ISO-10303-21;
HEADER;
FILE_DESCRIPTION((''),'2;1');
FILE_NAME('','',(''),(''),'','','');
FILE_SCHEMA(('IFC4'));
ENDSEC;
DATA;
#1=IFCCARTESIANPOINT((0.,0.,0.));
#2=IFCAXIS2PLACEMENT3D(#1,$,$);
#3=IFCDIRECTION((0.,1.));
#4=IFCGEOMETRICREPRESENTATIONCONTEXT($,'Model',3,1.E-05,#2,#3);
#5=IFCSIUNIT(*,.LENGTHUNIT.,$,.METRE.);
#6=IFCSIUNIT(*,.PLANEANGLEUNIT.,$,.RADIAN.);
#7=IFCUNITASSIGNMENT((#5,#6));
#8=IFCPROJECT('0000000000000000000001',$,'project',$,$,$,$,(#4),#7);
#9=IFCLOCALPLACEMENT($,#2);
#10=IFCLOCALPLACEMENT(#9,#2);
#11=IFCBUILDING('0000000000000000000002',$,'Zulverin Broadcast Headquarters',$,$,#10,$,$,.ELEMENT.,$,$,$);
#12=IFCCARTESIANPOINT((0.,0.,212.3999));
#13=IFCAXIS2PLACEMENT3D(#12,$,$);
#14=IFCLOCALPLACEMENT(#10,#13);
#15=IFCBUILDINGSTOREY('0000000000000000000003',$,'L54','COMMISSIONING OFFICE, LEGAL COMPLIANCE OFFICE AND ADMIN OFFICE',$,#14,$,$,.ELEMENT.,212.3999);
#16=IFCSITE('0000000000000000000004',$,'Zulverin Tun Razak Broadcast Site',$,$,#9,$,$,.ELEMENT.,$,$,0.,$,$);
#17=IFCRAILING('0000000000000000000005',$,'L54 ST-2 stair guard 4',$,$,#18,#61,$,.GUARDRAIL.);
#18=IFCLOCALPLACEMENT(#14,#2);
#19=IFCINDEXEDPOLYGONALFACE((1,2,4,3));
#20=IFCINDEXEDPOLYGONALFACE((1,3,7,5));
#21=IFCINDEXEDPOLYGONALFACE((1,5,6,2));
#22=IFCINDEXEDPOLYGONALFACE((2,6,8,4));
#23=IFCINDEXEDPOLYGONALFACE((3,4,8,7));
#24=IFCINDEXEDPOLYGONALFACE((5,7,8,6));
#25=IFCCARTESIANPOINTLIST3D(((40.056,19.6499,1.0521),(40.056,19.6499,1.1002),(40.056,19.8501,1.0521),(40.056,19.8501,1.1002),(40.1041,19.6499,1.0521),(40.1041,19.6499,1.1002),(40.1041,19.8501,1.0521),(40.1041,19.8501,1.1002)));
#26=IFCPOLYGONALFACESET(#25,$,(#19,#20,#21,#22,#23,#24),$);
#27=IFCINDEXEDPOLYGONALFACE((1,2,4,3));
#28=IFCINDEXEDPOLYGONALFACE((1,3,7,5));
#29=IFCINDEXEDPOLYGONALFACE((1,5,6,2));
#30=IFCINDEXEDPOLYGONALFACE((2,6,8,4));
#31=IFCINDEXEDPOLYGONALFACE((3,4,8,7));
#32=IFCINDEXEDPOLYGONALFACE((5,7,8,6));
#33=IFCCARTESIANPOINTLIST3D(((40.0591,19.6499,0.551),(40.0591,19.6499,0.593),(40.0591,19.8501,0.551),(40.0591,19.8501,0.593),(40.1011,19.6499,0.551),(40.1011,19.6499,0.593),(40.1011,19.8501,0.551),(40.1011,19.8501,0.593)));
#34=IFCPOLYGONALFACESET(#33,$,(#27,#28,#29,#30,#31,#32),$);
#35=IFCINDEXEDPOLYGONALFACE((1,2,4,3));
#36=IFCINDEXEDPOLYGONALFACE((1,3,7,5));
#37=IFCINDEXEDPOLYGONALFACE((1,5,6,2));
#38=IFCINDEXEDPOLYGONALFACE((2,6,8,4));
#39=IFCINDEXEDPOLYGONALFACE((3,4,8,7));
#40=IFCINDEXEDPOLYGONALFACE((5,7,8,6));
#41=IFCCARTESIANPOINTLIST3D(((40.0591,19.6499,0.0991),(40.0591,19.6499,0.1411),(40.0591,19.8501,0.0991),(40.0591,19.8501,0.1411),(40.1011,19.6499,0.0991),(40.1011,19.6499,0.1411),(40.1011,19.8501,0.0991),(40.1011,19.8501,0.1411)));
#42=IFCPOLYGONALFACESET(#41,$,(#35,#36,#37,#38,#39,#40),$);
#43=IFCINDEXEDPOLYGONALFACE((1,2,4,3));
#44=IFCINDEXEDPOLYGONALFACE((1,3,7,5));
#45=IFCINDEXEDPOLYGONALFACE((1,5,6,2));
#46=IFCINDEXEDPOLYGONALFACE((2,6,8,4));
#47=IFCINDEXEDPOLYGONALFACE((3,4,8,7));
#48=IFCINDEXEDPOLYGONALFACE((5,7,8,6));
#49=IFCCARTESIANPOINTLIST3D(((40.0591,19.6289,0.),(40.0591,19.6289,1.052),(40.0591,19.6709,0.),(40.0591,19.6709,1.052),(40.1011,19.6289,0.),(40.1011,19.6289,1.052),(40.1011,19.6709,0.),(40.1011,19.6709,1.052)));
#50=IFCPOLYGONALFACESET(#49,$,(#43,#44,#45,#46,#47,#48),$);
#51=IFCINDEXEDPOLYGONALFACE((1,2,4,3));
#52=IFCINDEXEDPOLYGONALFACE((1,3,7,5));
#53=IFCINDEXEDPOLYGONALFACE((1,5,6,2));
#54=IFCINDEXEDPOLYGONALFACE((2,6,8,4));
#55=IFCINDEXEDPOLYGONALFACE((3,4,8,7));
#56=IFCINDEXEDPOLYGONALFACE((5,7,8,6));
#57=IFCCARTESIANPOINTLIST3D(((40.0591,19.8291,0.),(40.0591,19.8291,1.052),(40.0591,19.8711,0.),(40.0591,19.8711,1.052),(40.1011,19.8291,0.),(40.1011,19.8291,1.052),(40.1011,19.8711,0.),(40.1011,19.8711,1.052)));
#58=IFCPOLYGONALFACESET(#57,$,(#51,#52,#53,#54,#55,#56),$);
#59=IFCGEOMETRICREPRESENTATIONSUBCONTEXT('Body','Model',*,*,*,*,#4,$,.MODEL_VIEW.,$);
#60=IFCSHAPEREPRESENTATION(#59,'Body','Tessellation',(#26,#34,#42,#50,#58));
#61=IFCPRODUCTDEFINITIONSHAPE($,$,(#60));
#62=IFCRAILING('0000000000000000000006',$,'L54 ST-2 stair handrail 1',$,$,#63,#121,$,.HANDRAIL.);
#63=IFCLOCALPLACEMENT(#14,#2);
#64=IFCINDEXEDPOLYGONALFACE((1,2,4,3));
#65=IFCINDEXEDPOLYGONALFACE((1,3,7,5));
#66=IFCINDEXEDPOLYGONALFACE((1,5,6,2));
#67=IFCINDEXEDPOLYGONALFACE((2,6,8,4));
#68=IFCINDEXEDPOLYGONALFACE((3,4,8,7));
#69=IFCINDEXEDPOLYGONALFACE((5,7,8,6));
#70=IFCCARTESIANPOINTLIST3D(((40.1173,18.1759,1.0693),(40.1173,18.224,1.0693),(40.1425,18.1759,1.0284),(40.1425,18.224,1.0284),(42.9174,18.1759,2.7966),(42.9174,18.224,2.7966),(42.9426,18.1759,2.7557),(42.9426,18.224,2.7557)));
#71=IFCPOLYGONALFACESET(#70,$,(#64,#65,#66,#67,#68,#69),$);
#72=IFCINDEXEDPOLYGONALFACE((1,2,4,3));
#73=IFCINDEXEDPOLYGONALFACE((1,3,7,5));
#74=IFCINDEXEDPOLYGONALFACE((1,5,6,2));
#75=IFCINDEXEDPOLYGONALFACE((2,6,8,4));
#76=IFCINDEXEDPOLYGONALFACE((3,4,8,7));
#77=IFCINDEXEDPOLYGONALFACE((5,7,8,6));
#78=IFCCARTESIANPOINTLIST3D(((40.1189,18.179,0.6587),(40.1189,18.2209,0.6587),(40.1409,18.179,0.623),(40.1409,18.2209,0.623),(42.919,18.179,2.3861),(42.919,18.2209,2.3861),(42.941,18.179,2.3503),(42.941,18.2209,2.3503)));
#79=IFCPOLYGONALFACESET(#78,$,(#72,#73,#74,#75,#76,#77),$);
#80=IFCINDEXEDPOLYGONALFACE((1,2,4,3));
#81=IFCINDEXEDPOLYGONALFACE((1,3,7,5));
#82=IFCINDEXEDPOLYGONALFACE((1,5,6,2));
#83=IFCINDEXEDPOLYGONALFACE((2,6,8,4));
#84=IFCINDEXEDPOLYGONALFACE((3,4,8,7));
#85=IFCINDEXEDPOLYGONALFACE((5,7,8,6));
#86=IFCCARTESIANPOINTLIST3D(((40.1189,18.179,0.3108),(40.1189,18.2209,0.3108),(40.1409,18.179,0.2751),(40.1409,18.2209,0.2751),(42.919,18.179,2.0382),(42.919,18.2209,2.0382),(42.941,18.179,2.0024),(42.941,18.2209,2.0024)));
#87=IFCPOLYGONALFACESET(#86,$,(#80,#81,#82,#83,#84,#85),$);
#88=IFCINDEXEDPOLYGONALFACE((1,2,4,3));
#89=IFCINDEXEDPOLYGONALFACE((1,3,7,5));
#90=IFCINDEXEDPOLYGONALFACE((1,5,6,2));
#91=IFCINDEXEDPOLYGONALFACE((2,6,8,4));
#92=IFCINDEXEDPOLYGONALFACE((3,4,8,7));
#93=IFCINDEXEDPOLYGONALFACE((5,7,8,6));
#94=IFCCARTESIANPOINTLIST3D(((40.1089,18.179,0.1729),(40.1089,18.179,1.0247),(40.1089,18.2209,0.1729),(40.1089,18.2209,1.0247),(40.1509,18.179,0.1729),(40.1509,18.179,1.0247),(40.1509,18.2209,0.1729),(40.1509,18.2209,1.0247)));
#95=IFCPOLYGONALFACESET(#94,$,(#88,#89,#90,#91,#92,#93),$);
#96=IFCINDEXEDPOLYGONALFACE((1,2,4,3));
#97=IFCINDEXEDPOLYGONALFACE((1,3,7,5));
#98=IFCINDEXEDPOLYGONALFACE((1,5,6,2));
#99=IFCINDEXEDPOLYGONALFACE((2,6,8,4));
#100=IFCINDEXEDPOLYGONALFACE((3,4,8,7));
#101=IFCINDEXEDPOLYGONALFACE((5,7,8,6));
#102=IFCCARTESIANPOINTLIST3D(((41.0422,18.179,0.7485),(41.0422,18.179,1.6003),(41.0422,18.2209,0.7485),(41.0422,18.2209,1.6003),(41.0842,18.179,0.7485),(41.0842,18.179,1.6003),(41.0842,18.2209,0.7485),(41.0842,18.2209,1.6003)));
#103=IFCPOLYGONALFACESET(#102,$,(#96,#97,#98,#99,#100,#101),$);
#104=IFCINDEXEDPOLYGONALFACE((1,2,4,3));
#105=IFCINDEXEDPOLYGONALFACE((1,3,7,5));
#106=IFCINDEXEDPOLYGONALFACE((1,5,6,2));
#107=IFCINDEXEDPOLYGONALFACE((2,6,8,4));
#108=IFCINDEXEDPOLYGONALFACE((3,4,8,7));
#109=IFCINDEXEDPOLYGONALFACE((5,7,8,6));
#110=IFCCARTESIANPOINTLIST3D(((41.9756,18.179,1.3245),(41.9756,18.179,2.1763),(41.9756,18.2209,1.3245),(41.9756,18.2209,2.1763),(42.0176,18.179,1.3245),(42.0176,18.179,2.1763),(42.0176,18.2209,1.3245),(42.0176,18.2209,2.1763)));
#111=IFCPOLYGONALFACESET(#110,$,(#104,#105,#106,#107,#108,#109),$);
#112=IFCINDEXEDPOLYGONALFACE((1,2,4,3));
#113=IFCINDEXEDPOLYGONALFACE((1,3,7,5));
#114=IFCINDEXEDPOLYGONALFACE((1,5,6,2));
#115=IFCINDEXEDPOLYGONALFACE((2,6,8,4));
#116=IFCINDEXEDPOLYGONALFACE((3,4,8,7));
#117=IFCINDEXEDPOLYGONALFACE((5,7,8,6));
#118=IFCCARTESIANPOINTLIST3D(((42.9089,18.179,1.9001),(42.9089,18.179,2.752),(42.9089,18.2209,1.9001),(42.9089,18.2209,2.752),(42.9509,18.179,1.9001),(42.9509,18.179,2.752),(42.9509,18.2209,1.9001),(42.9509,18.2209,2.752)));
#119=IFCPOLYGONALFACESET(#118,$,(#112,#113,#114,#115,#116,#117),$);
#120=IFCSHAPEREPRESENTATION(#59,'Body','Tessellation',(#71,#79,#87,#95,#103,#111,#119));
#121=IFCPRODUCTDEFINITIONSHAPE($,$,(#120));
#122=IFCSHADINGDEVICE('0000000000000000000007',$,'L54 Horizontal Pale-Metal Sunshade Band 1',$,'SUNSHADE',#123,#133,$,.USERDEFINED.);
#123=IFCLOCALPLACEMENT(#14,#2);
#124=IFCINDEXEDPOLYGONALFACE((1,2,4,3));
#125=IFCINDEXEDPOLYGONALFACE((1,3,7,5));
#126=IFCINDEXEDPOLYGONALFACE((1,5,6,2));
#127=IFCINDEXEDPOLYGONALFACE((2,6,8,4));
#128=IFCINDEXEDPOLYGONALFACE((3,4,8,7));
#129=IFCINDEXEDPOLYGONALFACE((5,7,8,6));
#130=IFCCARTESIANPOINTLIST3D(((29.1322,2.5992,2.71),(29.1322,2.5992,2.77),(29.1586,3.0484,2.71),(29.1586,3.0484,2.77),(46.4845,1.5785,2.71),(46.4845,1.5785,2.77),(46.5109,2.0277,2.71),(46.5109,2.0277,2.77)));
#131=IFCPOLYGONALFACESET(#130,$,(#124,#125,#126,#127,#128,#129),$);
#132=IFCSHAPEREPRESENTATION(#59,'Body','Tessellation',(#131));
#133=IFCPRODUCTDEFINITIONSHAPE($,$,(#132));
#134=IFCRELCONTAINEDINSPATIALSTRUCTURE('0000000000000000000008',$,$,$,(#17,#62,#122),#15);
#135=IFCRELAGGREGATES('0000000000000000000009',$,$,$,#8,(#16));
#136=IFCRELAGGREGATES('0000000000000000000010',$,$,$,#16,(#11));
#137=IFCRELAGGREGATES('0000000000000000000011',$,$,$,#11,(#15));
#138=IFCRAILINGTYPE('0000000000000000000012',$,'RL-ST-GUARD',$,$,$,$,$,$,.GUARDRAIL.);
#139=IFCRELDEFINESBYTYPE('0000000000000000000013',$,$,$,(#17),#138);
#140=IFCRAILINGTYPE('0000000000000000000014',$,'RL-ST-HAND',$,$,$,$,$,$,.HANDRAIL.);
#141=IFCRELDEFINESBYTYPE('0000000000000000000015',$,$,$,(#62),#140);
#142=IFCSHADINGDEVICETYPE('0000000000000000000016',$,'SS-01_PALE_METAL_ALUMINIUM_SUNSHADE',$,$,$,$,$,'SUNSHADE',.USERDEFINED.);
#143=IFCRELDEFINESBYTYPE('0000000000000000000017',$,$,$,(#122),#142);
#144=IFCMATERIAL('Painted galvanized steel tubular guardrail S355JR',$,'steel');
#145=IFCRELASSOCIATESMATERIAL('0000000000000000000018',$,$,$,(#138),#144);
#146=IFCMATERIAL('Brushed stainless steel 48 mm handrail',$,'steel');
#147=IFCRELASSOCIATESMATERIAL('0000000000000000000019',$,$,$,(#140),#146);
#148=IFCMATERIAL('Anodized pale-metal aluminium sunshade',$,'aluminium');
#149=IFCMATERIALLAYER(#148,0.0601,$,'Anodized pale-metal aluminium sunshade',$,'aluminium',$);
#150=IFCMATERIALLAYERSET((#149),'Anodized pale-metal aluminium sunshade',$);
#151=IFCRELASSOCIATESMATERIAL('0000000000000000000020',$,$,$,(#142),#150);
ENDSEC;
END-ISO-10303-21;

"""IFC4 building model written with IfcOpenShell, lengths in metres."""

from ifc_helpers import new_model, si_unit, direction, frame, origin, origin_2d, place, context, subcontext, project, spatial, rectangle, extrude, material, layer, layer_set, type_object, element, save


model = new_model("IFC4")

# Units and contexts
model_context = context("Model", 3, precision=1e-05, world=origin(), true_north=direction((0.0, 1.0)))
body_context = subcontext(model_context, "Body", "Model", "MODEL_VIEW")
ifc_project = project(units=[si_unit("LENGTHUNIT", "METRE"), si_unit("PLANEANGLEUNIT", "RADIAN")], contexts=[model_context])

# Site, building, storey
site_placement = place(None, origin())
site = spatial("IfcSite", under=ifc_project, at=site_placement, Name="Zulverin Tun Razak Broadcast Site", CompositionType="ELEMENT", RefElevation=0.0)
building_placement = place(site_placement, origin())
building = spatial("IfcBuilding", under=site, at=building_placement, Name="Zulverin Broadcast Headquarters", CompositionType="ELEMENT")
storey_placement = place(building_placement, frame((0.0, 0.0, 212.3999)))
storey = spatial("IfcBuildingStorey", under=building, at=storey_placement, Name="L54", Description="COMMISSIONING OFFICE, LEGAL COMPLIANCE OFFICE AND ADMIN OFFICE", CompositionType="ELEMENT", Elevation=212.3999)

# Railings
ifc_material_1 = material(Name="Painted galvanized steel tubular guardrail S355JR", Category="steel")
railing_type_1 = type_object("IfcRailingType", Name="RL-ST-GUARD", PredefinedType="GUARDRAIL", material=ifc_material_1)
for number, where, name in (
    (1, (40.0801, 19.6499, 0.0), "L54 ST-2 stair guard 4"),
):
    element("IfcRailing", number, at=place(storey_placement, frame(where)), inside=storey, type_object=railing_type_1, Name=name, PredefinedType="GUARDRAIL", context=body_context, shape_type="SweptSolid", body=[
        extrude(rectangle(XDim=0.0481, YDim=0.0481, at=origin_2d()), frame((0.0, 0.0, 1.0762), z_axis=(0.0, 1.0, 0.0), x_axis=(-1.0, 0.0, 0.0)), (0.0, 0.0, 1.0), 0.2002),
        extrude(rectangle(XDim=0.042, YDim=0.042, at=origin_2d()), frame((0.0, 0.0, 0.572), z_axis=(0.0, 1.0, 0.0), x_axis=(-1.0, 0.0, 0.0)), (0.0, 0.0, 1.0), 0.2002),
        extrude(rectangle(XDim=0.042, YDim=0.042, at=origin_2d()), frame((0.0, 0.0, 0.1201), z_axis=(0.0, 1.0, 0.0), x_axis=(-1.0, 0.0, 0.0)), (0.0, 0.0, 1.0), 0.2002),
        extrude(rectangle(XDim=0.042, YDim=0.042, at=origin_2d()), origin(), (0.0, 0.0, 1.0), 1.052),
        extrude(rectangle(XDim=0.042, YDim=0.042, at=origin_2d()), frame((0.0, 0.2002, 0.0)), (0.0, 0.0, 1.0), 1.052),
    ])
ifc_material_2 = material(Name="Brushed stainless steel 48 mm handrail", Category="steel")
railing_type_2 = type_object("IfcRailingType", Name="RL-ST-HAND", PredefinedType="HANDRAIL", material=ifc_material_2)
railing_1_placement = place(storey_placement, frame((40.1299, 18.2, 0.1729)))
element("IfcRailing", 2, at=railing_1_placement, inside=storey, type_object=railing_type_2, Name="L54 ST-2 stair handrail 1", PredefinedType="HANDRAIL", context=body_context, shape_type="SweptSolid", body=[
    extrude(rectangle(XDim=0.0481, YDim=0.0481, at=origin_2d()), frame((0.0, 0.0, 0.876), z_axis=(0.85109, 0.0, 0.52502), x_axis=(0.0, 1.0, 0.0)), (0.0, 0.0, 1.0), 3.29),
    extrude(rectangle(XDim=0.042, YDim=0.042, at=origin_2d()), frame((0.0, 0.0, 0.468), z_axis=(0.85109, 0.0, 0.52502), x_axis=(0.0, 1.0, 0.0)), (0.0, 0.0, 1.0), 3.29),
    extrude(rectangle(XDim=0.042, YDim=0.042, at=origin_2d()), frame((0.0, 0.0, 0.1201), z_axis=(0.85109, 0.0, 0.52502), x_axis=(0.0, 1.0, 0.0)), (0.0, 0.0, 1.0), 3.29),
    extrude(rectangle(XDim=0.042, YDim=0.042, at=origin_2d()), origin(), (0.0, 0.0, 1.0), 0.8518),
    extrude(rectangle(XDim=0.042, YDim=0.042, at=origin_2d()), frame((0.9333, 0.0, 0.5757)), (0.0, 0.0, 1.0), 0.8518),
    extrude(rectangle(XDim=0.042, YDim=0.042, at=origin_2d()), frame((1.8667, 0.0, 1.1516)), (0.0, 0.0, 1.0), 0.8518),
    extrude(rectangle(XDim=0.042, YDim=0.042, at=origin_2d()), frame((2.8, 0.0, 1.7273)), (0.0, 0.0, 1.0), 0.8518),
])

# Shading device
ifc_material_3 = material(Name="Anodized pale-metal aluminium sunshade", Category="aluminium")
ifc_layer_1 = layer(ifc_material_3, 0.0601, Name="Anodized pale-metal aluminium sunshade", Category="aluminium")
ifc_layer_set_1 = layer_set([ifc_layer_1], Name="Anodized pale-metal aluminium sunshade")
shading_device_type = type_object("IfcShadingDeviceType", Name="SS-01_PALE_METAL_ALUMINIUM_SUNSHADE", ElementType="SUNSHADE", PredefinedType="USERDEFINED", material=ifc_layer_set_1)
shading_device_placement = place(storey_placement, frame((37.8215, 2.3135, 2.71), z_axis=(0.0, 0.0, 1.0), x_axis=(0.998274, -0.058721, 0.0)))
element("IfcShadingDevice", 3, at=shading_device_placement, inside=storey, type_object=shading_device_type, Name="L54 Horizontal Pale-Metal Sunshade Band 1", ObjectType="SUNSHADE", PredefinedType="USERDEFINED", context=body_context, shape_type="SweptSolid", body=[
    extrude(rectangle(XDim=17.3823, YDim=0.45, at=origin_2d()), origin(), (0.0, 0.0, 1.0), 0.0601),
])

save(model, "model.ifc")
